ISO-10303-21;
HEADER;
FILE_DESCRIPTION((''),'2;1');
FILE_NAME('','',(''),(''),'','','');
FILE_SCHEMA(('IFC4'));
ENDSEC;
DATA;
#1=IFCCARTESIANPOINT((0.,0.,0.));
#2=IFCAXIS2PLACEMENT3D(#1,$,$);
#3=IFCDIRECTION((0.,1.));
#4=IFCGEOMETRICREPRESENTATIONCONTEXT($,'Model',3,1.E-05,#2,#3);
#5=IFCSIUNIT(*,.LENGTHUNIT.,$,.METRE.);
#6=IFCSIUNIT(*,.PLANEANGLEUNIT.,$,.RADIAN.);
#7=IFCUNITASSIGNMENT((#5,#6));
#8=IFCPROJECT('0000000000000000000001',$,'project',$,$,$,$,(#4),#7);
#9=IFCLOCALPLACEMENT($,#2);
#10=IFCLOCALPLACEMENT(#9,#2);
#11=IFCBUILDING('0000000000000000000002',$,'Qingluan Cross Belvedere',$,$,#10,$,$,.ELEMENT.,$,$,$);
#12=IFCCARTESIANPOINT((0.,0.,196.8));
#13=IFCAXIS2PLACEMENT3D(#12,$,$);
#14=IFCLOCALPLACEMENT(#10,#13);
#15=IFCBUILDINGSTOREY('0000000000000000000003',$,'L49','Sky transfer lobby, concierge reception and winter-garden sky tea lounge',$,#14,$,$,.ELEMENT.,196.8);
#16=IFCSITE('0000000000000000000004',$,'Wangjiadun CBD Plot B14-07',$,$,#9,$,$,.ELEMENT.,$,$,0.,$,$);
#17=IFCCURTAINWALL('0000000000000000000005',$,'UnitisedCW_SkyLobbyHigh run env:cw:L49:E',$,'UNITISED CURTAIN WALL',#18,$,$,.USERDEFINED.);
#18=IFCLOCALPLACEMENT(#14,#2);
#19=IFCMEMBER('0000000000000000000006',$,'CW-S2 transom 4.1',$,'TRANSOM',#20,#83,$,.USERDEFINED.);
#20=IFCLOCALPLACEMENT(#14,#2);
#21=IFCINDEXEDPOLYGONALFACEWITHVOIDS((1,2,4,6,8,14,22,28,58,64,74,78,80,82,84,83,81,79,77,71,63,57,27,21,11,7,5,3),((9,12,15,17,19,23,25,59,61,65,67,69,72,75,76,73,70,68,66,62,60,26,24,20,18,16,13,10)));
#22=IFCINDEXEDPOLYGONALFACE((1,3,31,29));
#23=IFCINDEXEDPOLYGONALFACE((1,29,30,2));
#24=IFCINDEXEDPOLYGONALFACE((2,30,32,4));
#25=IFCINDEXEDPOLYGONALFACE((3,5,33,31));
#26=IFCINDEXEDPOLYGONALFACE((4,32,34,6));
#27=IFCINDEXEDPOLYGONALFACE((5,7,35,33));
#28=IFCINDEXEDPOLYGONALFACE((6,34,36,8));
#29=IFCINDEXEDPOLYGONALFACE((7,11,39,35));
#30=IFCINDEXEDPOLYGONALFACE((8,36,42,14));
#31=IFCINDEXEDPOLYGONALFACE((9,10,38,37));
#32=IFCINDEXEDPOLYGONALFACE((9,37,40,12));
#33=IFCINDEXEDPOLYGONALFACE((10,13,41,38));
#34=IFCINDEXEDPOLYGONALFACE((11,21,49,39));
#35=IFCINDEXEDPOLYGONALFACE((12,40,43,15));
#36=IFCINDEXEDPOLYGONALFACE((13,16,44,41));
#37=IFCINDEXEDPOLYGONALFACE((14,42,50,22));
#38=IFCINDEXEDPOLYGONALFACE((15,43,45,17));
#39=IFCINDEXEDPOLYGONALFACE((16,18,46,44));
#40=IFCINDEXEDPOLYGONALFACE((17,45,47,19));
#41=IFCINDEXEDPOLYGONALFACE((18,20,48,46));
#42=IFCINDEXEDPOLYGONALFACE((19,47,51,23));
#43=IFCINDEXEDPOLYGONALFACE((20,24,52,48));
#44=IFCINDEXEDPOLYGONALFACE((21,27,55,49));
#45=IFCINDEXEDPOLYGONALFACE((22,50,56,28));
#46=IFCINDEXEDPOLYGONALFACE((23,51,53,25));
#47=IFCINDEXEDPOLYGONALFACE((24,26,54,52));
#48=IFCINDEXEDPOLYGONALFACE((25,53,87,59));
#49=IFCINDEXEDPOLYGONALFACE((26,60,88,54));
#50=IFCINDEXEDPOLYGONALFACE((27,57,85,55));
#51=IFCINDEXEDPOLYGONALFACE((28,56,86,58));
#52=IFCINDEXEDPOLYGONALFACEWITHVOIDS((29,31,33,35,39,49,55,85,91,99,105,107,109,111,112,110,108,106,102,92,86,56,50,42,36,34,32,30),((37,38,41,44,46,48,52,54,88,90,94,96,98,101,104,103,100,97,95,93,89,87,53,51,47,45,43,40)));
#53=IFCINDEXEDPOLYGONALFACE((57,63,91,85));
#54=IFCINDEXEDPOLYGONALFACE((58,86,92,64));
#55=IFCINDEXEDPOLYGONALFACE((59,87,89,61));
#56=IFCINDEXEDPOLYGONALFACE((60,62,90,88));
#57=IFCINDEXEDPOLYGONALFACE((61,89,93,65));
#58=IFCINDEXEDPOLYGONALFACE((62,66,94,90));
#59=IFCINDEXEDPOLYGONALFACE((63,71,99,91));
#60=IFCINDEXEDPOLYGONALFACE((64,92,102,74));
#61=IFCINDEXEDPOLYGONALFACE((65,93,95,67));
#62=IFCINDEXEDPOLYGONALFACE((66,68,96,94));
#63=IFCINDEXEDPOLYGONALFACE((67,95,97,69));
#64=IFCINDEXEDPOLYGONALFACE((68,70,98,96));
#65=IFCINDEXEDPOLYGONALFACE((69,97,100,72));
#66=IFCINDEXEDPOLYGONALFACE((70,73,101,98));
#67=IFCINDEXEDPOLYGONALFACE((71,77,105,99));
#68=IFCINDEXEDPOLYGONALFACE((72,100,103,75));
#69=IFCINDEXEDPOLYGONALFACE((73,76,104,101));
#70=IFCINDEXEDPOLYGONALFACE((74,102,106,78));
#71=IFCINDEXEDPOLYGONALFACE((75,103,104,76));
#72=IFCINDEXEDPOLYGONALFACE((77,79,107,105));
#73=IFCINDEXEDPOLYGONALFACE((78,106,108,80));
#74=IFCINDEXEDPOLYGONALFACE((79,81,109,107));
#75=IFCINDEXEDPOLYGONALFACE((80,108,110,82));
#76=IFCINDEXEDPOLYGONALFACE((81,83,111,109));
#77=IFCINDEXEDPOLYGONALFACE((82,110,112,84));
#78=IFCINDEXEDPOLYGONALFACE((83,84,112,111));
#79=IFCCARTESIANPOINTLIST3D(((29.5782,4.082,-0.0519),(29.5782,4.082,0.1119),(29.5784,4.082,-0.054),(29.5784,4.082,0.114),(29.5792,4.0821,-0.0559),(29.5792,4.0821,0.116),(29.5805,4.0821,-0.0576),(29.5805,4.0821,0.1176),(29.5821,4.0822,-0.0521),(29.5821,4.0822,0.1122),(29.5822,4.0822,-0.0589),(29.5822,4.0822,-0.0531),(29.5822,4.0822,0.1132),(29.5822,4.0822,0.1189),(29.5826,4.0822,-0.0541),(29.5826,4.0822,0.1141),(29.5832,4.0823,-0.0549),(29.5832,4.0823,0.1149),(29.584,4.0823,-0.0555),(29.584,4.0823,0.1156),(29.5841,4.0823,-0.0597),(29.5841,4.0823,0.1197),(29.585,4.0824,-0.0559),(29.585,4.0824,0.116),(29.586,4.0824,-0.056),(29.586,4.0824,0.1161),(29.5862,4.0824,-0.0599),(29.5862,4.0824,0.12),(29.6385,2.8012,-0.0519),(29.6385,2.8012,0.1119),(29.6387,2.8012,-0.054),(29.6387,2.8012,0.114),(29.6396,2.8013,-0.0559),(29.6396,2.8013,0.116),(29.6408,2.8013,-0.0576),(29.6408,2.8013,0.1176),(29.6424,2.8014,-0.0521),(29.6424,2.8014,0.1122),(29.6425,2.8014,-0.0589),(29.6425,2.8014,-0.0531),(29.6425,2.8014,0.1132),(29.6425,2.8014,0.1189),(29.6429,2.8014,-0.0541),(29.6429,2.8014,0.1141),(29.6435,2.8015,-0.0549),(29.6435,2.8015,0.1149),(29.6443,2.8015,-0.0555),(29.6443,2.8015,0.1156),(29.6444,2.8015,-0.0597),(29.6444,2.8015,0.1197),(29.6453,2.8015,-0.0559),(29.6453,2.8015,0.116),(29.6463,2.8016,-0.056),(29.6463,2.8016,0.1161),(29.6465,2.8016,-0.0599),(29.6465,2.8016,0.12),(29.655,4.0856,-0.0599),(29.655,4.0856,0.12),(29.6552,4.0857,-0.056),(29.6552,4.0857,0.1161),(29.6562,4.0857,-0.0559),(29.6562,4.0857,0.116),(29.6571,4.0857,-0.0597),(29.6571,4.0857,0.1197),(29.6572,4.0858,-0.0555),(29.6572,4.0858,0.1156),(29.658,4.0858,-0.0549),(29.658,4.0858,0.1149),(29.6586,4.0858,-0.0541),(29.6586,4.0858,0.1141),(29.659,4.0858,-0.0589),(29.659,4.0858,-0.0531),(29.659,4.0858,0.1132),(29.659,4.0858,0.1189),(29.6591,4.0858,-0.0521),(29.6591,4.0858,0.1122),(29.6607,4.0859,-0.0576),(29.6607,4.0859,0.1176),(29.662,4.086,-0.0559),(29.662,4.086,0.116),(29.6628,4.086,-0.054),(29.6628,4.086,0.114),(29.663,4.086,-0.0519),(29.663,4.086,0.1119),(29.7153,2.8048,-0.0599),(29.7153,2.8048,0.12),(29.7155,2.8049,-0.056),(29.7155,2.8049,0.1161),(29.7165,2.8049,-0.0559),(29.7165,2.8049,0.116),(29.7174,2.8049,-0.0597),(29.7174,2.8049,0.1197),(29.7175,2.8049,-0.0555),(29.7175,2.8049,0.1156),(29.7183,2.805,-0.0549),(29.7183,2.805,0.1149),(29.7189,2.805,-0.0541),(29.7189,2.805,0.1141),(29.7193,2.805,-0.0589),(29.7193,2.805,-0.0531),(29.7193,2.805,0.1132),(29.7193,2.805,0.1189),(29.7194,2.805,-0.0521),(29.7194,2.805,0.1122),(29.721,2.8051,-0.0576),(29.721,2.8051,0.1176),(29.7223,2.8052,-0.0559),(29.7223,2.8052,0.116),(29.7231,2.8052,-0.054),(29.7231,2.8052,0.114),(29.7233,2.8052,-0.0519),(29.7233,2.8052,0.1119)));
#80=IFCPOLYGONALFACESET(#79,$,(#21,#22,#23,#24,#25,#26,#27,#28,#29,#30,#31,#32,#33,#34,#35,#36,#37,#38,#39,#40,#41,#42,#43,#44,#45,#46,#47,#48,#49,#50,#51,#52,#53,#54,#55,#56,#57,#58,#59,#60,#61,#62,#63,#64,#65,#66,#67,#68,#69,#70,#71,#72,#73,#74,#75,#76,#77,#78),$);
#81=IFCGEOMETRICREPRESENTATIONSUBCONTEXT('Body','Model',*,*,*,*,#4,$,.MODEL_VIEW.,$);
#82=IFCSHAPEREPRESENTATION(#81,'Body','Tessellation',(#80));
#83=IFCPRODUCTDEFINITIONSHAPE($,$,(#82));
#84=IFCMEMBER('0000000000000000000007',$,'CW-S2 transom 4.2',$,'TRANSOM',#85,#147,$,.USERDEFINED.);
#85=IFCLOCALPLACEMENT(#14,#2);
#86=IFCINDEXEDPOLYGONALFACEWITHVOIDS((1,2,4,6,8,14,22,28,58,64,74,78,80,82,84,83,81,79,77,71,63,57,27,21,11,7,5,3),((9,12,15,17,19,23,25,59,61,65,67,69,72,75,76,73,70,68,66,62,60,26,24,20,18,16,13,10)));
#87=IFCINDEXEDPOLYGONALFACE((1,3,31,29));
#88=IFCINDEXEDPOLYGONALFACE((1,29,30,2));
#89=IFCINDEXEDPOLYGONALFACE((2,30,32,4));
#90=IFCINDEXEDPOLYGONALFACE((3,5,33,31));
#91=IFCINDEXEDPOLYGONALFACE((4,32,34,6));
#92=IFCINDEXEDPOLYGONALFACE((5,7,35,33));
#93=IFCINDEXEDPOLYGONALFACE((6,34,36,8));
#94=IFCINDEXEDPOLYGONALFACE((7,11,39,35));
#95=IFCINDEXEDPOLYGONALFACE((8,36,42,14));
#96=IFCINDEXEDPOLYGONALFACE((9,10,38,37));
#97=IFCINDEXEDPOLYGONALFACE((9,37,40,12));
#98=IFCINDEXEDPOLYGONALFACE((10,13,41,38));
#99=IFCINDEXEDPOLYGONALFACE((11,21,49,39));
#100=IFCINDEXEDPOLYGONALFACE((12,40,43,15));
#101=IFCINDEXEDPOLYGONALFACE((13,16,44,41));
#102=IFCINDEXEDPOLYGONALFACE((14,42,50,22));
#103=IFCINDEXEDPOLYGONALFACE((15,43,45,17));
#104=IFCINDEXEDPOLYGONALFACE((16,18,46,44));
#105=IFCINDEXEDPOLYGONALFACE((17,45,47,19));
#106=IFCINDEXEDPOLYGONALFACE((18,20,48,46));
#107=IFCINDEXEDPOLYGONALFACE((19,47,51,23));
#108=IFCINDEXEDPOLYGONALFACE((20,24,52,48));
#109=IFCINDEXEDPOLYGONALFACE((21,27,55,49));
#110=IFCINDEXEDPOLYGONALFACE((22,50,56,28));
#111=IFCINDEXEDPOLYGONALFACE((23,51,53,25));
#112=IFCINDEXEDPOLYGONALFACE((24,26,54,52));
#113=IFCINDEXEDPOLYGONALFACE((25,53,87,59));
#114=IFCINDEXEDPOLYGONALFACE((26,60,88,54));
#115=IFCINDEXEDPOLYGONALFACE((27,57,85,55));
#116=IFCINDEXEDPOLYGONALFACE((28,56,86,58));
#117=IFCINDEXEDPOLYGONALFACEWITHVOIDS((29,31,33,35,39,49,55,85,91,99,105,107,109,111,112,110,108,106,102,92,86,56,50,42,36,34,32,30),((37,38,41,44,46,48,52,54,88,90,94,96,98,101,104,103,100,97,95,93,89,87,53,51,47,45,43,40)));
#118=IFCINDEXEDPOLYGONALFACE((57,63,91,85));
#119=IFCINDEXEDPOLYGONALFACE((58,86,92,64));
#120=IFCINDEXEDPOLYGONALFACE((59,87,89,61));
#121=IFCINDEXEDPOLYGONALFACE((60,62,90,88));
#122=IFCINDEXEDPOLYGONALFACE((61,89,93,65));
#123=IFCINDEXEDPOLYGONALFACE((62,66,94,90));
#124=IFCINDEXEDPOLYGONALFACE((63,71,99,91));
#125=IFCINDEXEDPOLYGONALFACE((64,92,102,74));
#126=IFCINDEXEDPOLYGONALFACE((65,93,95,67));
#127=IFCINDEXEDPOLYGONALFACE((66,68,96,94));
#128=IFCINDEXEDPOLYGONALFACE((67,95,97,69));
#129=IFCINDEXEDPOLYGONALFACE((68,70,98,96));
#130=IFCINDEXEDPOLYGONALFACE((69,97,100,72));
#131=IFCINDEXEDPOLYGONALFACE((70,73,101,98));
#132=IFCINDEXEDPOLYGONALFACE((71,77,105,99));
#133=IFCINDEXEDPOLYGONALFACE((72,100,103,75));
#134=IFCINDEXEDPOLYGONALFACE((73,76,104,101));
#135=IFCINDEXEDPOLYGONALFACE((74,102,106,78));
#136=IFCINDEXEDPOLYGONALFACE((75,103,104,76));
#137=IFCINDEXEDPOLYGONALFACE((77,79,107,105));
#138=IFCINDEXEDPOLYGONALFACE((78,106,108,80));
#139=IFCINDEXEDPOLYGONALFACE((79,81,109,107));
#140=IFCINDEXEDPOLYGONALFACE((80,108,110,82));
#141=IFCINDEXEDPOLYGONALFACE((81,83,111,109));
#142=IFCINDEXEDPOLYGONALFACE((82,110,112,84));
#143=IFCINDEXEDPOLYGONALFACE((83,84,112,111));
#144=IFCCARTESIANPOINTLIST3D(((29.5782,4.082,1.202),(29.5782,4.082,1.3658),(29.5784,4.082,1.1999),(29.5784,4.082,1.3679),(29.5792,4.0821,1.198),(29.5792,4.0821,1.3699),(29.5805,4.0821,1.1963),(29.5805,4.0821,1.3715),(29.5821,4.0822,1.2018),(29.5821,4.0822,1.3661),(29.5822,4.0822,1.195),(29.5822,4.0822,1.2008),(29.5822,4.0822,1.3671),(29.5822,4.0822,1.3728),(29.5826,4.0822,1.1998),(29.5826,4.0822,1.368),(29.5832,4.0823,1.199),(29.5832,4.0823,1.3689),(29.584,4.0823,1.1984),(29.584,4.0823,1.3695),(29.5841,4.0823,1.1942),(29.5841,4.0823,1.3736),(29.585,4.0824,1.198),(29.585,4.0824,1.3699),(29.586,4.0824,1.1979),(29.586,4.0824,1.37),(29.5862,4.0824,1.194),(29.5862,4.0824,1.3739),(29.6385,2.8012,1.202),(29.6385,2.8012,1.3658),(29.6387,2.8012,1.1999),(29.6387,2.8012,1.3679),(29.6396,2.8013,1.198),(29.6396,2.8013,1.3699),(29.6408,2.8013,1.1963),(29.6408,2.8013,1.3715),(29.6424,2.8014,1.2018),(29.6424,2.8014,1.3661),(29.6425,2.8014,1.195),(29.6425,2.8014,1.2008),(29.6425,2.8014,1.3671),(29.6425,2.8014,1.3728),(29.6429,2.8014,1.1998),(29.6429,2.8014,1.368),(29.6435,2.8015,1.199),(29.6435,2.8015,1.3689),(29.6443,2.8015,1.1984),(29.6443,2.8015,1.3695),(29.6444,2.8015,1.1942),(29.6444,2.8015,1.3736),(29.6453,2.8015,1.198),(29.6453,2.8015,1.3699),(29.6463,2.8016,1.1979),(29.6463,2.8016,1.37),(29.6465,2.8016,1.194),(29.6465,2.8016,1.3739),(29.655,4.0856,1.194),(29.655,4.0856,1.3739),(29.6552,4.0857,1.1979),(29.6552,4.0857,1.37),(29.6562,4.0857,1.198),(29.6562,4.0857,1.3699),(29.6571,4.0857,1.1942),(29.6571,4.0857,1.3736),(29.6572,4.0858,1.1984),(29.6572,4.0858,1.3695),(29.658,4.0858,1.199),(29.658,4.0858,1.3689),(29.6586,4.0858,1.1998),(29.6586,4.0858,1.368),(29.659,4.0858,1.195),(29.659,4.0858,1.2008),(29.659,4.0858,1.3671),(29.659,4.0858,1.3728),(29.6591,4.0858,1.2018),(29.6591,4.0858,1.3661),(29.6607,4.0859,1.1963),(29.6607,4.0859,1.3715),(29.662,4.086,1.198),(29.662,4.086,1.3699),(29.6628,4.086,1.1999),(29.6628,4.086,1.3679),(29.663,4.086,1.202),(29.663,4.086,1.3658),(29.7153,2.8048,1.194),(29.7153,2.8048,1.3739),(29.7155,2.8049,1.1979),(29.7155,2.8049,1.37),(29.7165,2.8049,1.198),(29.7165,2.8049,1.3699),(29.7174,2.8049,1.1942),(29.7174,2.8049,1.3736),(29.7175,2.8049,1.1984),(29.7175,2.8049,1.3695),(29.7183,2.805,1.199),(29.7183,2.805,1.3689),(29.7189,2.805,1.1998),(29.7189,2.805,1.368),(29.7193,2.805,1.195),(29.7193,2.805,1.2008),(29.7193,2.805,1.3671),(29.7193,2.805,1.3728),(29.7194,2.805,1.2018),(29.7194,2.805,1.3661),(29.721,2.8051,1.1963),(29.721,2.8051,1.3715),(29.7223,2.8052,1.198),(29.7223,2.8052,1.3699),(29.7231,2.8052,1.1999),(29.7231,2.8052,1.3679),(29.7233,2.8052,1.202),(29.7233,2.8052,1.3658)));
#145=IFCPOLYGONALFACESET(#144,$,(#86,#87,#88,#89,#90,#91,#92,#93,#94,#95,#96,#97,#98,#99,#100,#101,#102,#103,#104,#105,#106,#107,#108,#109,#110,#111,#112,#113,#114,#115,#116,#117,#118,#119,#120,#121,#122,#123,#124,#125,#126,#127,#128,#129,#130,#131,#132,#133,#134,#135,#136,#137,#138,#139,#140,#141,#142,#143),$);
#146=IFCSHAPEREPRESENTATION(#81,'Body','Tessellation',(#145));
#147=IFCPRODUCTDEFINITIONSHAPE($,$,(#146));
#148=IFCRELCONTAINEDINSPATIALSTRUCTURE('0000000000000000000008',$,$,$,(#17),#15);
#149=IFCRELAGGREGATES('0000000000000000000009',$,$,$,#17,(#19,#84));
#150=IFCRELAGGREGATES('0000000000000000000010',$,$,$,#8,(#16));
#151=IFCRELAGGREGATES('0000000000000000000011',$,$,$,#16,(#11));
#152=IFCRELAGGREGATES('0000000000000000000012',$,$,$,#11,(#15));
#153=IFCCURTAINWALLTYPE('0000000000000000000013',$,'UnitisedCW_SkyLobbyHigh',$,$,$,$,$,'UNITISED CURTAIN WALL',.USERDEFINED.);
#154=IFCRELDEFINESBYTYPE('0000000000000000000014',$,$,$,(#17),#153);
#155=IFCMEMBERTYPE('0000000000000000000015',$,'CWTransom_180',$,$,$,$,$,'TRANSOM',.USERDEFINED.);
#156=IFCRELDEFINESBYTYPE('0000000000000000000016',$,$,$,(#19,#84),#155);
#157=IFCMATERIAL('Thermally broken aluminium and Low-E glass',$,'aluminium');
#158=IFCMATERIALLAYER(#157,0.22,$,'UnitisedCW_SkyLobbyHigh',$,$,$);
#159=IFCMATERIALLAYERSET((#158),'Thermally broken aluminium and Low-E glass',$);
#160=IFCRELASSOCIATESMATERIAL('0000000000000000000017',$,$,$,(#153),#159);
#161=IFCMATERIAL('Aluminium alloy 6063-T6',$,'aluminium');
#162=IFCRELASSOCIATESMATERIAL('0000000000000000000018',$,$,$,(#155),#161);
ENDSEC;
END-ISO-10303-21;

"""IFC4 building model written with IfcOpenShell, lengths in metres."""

from ifc_helpers import new_model, si_unit, direction, frame, origin, origin_2d, place, context, subcontext, project, spatial, hollow_rectangle, extrude, material, layer, layer_set, material_profile, profile_set, type_object, element, aggregate, save


model = new_model("IFC4")

# Units and contexts
model_context = context("Model", 3, precision=1e-05, world=origin(), true_north=direction((0.0, 1.0)))
body_context = subcontext(model_context, "Body", "Model", "MODEL_VIEW")
ifc_project = project(units=[si_unit("LENGTHUNIT", "METRE"), si_unit("PLANEANGLEUNIT", "RADIAN")], contexts=[model_context])

# Site, building, storey
site_placement = place(None, origin())
site = spatial("IfcSite", under=ifc_project, at=site_placement, Name="Wangjiadun CBD Plot B14-07", CompositionType="ELEMENT", RefElevation=0.0)
building_placement = place(site_placement, origin())
building = spatial("IfcBuilding", under=site, at=building_placement, Name="Qingluan Cross Belvedere", CompositionType="ELEMENT")
storey_placement = place(building_placement, frame((0.0, 0.0, 196.8)))
storey = spatial("IfcBuildingStorey", under=building, at=storey_placement, Name="L49", Description="Sky transfer lobby, concierge reception and winter-garden sky tea lounge", CompositionType="ELEMENT", Elevation=196.8)

# Curtain wall, members
ifc_material_1 = material(Name="Thermally broken aluminium and Low-E glass", Category="aluminium")
ifc_layer_1 = layer(ifc_material_1, 0.22, Name="UnitisedCW_SkyLobbyHigh")
ifc_layer_set_1 = layer_set([ifc_layer_1], Name="Thermally broken aluminium and Low-E glass")
curtain_wall_type = type_object("IfcCurtainWallType", Name="UnitisedCW_SkyLobbyHigh", ElementType="UNITISED CURTAIN WALL", PredefinedType="USERDEFINED", material=ifc_layer_set_1)
curtain_wall_placement = place(storey_placement, origin())
curtain_wall = element("IfcCurtainWall", 1, at=curtain_wall_placement, inside=storey, type_object=curtain_wall_type, Name="UnitisedCW_SkyLobbyHigh run env:cw:L49:E", ObjectType="UNITISED CURTAIN WALL", PredefinedType="USERDEFINED")
ifc_material_2 = material(Name="Aluminium alloy 6063-T6", Category="aluminium")
ifc_material_profile_1 = material_profile(ifc_material_2, hollow_rectangle(XDim=0.085, YDim=0.1799, WallThickness=0.0039, InnerFilletRadius=0.0039, OuterFilletRadius=0.0081, at=origin_2d()), Name="CWT180x85x4")
ifc_profile_set_1 = profile_set([ifc_material_profile_1], Name="Aluminium alloy 6063-T6")
member_type_1 = type_object("IfcMemberType", Name="CWTransom_180", ElementType="TRANSOM", PredefinedType="USERDEFINED", material=ifc_profile_set_1)
member_1_placement = place(storey_placement, frame((29.6809, 2.8032, 0.03), z_axis=(-0.047031, 0.998893, 0.0), x_axis=(-0.998893, -0.047031, 0.0)))
member_1 = element("IfcMember", 2, at=member_1_placement, type_object=member_type_1, Name="CW-S2 transom 4.1", ObjectType="TRANSOM", PredefinedType="USERDEFINED", context=body_context, shape_type="SweptSolid", body=[
    extrude(hollow_rectangle(XDim=0.085, YDim=0.1799, WallThickness=0.0039, InnerFilletRadius=0.0039, OuterFilletRadius=0.0081, at=origin_2d()), origin(), (0.0, 0.0, 1.0), 1.2822),
])
member_2_placement = place(storey_placement, frame((29.6809, 2.8032, 1.2839), z_axis=(-0.047031, 0.998893, 0.0), x_axis=(-0.998893, -0.047031, 0.0)))
member_2 = element("IfcMember", 3, at=member_2_placement, type_object=member_type_1, Name="CW-S2 transom 4.2", ObjectType="TRANSOM", PredefinedType="USERDEFINED", context=body_context, shape_type="SweptSolid", body=[
    extrude(hollow_rectangle(XDim=0.085, YDim=0.1799, WallThickness=0.0039, InnerFilletRadius=0.0039, OuterFilletRadius=0.0081, at=origin_2d()), origin(), (0.0, 0.0, 1.0), 1.2822),
])
aggregate(curtain_wall, [member_1, member_2])

save(model, "model.ifc")
